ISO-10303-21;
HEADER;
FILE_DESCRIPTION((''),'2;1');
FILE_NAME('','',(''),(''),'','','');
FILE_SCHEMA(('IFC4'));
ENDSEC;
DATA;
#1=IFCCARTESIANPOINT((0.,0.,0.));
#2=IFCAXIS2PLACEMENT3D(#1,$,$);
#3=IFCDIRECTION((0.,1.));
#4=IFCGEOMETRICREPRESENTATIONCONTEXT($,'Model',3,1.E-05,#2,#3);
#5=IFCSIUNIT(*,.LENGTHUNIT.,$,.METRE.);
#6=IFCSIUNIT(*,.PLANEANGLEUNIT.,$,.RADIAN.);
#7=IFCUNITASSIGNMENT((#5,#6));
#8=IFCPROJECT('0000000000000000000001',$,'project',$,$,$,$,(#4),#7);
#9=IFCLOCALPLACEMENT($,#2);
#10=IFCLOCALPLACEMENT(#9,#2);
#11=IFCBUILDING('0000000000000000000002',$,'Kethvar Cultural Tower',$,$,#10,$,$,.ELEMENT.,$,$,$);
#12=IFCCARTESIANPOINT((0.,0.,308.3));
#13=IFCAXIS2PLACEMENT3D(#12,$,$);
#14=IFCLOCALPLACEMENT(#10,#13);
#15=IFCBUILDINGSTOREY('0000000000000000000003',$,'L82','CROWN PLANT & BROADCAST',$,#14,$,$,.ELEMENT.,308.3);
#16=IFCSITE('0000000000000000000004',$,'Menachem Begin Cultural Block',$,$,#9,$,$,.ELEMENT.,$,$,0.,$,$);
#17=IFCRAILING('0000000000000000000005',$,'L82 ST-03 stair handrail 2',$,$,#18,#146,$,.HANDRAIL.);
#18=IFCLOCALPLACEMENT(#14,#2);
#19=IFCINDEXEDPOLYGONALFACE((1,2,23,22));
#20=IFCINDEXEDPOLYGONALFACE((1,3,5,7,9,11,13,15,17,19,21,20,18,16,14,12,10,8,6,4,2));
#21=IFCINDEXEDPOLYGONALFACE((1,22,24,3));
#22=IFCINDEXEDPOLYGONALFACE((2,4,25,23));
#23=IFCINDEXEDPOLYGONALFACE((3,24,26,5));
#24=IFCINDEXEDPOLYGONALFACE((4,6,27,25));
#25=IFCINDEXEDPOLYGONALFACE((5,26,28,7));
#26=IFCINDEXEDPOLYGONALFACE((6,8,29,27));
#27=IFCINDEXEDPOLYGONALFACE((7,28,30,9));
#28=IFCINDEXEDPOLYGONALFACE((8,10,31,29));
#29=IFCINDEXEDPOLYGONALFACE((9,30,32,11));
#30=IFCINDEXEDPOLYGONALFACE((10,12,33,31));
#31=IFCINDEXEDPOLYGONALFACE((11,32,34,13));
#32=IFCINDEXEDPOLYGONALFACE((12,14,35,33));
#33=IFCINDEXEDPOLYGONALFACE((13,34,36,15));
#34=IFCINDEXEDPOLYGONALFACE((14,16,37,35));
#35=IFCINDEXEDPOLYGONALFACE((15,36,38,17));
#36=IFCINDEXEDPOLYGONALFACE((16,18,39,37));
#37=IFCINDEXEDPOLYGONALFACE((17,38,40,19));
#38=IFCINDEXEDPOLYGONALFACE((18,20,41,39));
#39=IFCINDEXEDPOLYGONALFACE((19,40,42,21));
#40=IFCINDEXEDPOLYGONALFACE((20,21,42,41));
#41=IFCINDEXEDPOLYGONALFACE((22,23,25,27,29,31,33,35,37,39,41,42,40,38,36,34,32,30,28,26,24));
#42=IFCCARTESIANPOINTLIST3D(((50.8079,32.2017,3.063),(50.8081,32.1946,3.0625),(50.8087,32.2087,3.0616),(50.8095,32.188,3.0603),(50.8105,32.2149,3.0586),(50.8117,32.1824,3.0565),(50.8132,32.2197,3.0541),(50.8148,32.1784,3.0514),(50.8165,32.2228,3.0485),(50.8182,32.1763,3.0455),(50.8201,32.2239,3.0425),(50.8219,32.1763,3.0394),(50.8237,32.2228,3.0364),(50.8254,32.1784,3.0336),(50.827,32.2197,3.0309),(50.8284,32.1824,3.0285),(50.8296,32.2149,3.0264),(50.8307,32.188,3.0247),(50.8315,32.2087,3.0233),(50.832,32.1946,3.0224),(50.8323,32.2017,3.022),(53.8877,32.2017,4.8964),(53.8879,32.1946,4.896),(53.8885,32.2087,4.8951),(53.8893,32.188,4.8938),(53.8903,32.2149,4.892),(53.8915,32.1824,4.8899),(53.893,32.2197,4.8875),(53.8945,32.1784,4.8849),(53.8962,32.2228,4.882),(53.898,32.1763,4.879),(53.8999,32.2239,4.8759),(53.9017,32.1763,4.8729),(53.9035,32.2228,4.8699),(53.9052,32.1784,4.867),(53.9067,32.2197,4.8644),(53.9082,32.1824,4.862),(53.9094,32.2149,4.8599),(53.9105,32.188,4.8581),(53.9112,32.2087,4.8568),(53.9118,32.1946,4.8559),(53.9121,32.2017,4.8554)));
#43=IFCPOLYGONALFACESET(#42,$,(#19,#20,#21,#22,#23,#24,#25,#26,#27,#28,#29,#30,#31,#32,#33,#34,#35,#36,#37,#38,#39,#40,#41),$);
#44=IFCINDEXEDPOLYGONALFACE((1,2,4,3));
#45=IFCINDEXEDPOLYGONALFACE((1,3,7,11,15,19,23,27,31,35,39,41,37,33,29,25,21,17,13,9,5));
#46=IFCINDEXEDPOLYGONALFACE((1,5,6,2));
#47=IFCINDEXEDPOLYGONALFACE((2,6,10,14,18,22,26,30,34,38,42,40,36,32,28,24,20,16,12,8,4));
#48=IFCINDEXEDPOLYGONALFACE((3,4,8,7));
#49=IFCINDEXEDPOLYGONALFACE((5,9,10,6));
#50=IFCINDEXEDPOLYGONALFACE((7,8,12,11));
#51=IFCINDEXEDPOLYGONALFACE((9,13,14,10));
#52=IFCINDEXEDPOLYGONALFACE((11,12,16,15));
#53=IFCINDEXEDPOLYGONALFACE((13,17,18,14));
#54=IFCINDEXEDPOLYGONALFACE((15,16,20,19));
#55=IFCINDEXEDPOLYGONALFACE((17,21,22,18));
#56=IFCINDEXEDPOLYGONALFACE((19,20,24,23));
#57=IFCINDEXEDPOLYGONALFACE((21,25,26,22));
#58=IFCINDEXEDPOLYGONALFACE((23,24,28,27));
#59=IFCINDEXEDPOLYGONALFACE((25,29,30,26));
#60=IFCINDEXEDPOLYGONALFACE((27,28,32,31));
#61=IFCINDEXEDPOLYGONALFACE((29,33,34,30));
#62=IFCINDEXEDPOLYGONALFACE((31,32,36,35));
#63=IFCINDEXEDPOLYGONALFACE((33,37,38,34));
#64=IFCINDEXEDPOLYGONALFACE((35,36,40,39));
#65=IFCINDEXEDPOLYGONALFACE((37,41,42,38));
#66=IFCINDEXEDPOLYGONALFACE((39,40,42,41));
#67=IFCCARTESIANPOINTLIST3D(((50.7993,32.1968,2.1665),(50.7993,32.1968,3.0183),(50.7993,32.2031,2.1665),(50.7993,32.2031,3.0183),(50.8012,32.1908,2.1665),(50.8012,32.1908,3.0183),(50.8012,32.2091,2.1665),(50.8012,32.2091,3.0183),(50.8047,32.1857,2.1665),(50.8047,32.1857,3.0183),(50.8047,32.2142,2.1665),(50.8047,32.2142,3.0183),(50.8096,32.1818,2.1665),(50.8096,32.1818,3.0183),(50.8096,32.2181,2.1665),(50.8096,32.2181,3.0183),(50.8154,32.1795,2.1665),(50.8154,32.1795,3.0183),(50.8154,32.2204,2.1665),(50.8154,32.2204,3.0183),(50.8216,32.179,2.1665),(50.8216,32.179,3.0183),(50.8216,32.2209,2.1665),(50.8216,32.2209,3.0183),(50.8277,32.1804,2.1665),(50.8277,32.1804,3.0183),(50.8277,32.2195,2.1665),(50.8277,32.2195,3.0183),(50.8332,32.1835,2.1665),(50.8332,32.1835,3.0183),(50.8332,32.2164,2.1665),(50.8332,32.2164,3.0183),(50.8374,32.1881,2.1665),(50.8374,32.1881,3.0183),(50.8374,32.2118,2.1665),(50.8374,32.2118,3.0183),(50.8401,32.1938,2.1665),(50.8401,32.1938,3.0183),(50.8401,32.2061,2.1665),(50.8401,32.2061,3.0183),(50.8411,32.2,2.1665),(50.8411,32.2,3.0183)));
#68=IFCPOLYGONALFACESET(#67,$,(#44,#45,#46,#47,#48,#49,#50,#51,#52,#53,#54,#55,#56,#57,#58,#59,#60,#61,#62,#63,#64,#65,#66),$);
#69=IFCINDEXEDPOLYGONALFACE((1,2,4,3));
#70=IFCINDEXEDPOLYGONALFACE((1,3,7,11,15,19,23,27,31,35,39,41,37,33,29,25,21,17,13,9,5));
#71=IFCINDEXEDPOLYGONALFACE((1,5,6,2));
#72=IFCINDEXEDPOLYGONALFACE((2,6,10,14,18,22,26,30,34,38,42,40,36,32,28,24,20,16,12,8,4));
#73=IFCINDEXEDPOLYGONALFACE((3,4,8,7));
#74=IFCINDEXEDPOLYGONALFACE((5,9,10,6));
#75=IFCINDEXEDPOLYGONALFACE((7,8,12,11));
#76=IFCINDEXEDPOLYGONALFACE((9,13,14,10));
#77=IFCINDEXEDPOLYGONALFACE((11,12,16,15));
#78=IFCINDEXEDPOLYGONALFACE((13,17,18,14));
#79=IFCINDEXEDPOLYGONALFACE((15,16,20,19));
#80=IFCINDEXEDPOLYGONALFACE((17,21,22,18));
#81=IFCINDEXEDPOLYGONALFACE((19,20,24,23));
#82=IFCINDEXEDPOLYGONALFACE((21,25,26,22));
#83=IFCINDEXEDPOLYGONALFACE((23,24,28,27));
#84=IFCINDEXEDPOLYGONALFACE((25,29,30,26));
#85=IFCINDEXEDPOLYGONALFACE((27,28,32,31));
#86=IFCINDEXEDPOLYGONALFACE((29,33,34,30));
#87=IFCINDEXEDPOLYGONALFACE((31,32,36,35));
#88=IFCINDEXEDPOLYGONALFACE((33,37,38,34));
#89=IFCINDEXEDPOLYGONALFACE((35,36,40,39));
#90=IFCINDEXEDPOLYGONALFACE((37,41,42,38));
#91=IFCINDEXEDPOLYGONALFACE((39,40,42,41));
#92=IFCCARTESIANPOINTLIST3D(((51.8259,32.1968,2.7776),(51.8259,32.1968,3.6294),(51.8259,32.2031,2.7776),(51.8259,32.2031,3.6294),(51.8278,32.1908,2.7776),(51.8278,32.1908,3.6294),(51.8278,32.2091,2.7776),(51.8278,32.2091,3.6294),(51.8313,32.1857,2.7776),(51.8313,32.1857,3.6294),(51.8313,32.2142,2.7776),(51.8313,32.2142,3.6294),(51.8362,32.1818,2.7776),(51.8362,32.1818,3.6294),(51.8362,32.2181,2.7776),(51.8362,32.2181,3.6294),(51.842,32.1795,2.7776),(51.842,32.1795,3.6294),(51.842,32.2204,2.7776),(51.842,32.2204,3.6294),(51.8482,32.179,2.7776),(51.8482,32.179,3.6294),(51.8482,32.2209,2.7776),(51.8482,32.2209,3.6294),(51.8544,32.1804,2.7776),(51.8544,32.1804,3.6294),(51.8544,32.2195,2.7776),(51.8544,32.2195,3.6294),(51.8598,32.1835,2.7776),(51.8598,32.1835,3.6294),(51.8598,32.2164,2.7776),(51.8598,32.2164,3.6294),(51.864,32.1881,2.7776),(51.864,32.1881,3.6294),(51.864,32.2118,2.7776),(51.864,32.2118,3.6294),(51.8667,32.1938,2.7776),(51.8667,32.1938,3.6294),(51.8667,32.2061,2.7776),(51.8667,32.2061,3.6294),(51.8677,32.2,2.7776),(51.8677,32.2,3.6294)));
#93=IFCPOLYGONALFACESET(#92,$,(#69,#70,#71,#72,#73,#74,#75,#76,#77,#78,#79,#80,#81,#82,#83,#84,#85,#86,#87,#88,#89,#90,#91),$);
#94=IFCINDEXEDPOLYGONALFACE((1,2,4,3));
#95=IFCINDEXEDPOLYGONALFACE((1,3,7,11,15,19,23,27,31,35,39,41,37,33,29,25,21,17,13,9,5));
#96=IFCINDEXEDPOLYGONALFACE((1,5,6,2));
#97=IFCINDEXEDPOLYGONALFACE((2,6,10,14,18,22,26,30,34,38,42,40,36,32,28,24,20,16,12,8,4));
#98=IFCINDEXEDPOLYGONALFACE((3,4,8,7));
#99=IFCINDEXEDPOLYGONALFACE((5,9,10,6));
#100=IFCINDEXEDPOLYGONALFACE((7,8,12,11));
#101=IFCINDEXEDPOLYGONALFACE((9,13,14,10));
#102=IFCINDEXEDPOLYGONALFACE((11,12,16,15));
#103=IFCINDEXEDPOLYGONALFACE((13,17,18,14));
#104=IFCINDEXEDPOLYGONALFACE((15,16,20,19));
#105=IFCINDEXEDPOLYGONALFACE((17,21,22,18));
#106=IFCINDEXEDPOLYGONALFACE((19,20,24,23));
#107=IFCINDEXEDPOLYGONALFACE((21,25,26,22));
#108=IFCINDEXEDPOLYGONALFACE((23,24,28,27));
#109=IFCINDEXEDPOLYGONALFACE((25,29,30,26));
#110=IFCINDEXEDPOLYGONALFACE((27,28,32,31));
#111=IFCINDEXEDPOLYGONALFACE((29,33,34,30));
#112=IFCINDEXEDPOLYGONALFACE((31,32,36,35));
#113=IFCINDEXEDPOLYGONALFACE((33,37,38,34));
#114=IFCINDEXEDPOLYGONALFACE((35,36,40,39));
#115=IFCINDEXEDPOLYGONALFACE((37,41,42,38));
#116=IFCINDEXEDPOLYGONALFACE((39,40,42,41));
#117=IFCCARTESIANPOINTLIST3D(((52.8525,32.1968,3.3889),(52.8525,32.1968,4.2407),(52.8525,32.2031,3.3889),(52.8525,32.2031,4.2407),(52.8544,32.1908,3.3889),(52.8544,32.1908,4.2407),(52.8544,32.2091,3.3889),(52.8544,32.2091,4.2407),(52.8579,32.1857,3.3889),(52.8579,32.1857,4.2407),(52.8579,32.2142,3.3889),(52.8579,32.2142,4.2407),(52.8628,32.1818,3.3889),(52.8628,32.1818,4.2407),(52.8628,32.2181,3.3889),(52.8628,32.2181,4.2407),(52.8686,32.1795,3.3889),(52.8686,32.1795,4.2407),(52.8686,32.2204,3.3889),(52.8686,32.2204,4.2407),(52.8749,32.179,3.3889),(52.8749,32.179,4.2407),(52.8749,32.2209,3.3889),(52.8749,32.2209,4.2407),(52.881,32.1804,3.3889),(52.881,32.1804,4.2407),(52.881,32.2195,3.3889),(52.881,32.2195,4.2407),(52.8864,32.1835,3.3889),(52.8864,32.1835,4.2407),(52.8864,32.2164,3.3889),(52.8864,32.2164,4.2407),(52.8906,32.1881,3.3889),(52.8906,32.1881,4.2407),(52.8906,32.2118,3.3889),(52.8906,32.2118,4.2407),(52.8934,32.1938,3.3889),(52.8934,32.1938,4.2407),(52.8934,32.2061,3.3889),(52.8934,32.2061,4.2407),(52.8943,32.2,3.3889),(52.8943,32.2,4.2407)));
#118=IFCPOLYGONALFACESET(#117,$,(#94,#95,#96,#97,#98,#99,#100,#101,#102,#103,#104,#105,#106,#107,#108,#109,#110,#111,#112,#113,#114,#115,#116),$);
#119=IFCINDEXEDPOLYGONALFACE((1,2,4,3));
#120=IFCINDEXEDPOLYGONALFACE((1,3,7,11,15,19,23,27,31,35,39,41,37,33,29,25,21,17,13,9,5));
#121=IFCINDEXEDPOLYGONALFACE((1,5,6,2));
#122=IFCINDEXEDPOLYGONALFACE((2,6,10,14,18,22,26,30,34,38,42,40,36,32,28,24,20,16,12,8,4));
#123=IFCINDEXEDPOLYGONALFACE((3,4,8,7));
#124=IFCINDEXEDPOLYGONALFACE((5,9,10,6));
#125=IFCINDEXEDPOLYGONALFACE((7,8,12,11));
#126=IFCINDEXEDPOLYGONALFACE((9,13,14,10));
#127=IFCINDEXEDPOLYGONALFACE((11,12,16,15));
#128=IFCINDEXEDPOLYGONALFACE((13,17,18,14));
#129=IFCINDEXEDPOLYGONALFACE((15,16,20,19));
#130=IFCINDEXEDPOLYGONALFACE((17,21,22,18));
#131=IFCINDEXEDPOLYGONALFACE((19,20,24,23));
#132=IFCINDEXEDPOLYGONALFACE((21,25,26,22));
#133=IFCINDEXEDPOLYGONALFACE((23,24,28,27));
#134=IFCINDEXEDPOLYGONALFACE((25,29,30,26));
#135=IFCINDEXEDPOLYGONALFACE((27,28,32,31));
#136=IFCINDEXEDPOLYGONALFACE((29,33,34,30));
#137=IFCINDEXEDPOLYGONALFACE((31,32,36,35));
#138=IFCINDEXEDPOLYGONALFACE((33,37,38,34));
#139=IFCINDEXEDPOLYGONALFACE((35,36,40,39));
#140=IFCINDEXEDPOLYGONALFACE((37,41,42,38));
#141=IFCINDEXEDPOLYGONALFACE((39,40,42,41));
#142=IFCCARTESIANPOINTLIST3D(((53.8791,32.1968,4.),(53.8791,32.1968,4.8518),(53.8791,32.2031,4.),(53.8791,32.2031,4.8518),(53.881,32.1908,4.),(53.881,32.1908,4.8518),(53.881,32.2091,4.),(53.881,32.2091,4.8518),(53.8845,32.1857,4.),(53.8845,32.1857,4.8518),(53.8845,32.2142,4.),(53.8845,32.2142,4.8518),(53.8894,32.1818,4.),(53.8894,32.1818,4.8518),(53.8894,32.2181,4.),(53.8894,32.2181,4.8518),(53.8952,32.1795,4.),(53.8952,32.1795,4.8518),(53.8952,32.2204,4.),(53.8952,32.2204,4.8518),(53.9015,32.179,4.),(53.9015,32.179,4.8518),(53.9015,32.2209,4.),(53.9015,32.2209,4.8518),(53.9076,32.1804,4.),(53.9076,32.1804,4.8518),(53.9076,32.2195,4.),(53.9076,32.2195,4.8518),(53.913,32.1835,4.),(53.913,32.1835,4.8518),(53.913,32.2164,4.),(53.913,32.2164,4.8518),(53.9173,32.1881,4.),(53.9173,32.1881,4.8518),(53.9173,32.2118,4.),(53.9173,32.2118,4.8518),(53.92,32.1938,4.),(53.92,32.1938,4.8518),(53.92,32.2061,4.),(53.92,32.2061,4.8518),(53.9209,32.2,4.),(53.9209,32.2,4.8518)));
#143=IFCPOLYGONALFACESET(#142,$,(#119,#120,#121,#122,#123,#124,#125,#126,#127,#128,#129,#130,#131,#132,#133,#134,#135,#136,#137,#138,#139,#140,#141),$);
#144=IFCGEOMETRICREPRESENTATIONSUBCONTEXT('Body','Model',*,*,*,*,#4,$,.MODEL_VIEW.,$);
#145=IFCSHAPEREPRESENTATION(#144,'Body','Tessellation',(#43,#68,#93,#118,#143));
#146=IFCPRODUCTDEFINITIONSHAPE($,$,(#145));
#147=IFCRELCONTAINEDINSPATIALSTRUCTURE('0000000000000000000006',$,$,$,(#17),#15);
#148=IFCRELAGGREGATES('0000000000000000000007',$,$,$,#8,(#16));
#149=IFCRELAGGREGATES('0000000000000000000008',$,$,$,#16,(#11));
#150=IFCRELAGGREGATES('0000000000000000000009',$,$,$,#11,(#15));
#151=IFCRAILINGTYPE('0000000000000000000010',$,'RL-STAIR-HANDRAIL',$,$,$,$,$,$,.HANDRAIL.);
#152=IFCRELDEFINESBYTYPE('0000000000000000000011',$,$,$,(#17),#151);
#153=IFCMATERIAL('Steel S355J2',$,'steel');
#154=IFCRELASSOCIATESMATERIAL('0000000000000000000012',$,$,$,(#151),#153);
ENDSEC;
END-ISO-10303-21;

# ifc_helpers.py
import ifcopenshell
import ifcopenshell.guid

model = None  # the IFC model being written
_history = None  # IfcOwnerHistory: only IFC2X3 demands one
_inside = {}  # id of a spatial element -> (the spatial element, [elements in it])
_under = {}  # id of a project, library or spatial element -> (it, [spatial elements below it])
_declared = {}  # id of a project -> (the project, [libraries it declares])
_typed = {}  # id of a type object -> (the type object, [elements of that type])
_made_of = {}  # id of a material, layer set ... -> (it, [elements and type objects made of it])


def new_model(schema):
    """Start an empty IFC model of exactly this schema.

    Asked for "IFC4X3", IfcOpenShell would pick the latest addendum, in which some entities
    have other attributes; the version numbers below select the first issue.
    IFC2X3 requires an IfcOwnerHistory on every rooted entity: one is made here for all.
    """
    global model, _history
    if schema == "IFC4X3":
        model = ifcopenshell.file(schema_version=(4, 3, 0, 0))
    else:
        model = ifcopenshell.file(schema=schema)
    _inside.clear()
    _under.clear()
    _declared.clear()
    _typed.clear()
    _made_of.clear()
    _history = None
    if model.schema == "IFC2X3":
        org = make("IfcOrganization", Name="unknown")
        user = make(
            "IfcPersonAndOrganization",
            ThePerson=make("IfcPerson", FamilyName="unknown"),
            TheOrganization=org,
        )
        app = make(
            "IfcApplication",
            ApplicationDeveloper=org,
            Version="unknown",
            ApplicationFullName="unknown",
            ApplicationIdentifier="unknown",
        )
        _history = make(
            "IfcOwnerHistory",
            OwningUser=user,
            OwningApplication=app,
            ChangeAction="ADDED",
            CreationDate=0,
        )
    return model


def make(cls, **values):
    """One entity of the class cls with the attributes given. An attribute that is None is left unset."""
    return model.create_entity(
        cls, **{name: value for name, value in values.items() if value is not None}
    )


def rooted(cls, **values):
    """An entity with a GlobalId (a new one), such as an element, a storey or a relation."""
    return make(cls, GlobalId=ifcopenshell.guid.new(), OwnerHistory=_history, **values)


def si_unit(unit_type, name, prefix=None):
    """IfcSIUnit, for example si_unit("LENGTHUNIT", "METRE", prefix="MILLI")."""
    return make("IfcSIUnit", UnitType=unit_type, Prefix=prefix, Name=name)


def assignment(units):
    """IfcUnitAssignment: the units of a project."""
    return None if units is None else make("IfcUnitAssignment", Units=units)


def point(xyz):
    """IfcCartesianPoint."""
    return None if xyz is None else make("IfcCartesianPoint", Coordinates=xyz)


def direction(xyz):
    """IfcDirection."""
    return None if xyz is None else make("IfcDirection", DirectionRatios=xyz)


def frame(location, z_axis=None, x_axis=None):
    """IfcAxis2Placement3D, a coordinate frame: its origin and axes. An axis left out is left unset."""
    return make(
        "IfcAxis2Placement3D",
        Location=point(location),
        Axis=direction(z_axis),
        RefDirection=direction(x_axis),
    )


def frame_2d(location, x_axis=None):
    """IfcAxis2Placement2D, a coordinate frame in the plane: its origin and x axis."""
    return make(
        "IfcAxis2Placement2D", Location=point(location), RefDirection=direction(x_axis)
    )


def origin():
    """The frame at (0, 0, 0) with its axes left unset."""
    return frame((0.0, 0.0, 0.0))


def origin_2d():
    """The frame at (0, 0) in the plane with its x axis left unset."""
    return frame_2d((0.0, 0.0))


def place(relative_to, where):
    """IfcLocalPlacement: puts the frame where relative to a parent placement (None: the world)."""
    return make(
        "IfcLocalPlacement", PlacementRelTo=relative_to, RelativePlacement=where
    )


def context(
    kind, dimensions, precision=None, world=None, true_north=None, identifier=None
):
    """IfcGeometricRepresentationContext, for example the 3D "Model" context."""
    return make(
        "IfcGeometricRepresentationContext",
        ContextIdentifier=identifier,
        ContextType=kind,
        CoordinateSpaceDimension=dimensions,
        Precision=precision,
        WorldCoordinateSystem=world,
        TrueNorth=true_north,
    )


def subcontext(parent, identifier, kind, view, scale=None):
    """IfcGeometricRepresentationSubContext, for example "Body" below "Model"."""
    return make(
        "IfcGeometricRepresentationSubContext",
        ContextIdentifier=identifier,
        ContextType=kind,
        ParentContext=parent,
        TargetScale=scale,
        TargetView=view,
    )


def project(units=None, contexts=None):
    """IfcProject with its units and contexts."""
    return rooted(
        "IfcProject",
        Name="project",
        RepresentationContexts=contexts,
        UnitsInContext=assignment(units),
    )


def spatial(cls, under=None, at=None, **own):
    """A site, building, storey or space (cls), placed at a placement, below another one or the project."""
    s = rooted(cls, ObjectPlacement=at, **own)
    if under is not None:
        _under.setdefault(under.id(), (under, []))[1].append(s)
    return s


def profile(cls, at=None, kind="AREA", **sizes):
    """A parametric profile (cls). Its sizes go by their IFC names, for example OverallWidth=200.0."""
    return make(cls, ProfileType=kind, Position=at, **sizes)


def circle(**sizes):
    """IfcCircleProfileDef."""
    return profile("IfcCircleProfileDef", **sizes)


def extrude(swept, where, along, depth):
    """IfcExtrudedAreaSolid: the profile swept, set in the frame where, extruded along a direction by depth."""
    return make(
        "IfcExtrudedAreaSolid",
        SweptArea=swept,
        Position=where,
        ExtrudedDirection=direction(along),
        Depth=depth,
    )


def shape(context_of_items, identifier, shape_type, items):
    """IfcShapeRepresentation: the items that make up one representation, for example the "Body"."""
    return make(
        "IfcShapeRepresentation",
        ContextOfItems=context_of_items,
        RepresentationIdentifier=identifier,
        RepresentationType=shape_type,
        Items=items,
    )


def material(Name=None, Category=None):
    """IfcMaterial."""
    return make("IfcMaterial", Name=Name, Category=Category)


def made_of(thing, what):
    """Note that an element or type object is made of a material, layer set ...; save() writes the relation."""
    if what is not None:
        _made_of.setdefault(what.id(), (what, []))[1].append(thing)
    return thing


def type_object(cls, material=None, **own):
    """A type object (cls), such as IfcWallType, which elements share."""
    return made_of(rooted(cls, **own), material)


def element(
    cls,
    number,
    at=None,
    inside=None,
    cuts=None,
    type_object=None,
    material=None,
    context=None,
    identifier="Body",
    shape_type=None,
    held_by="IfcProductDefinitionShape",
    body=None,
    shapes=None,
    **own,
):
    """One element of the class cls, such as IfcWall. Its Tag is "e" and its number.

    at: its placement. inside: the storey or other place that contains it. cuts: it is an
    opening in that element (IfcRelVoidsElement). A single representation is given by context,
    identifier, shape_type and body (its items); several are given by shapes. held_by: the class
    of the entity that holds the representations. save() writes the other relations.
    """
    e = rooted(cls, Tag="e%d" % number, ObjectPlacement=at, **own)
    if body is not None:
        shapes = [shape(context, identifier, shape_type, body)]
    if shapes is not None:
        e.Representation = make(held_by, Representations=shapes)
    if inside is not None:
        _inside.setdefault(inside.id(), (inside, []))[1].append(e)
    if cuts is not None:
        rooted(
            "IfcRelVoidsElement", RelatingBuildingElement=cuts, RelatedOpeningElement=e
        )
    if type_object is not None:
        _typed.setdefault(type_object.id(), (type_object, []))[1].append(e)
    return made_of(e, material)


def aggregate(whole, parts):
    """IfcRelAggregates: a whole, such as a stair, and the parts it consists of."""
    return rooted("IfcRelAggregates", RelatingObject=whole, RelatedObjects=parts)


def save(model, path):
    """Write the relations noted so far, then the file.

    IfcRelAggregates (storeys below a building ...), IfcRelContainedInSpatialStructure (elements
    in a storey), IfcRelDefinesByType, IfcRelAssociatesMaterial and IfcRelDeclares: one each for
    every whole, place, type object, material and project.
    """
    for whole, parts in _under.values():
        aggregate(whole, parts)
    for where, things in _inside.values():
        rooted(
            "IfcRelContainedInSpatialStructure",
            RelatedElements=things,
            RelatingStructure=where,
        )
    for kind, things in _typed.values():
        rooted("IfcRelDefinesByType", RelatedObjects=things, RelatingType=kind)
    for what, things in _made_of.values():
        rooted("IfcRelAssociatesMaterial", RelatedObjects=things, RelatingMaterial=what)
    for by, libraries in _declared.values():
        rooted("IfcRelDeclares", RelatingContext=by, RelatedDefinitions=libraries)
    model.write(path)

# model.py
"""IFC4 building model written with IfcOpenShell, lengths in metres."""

from ifc_helpers import new_model, si_unit, direction, frame, origin, origin_2d, place, context, subcontext, project, spatial, circle, extrude, material, type_object, element, save


model = new_model("IFC4")

# Units and contexts
model_context = context("Model", 3, precision=1e-05, world=origin(), true_north=direction((0.0, 1.0)))
body_context = subcontext(model_context, "Body", "Model", "MODEL_VIEW")
ifc_project = project(units=[si_unit("LENGTHUNIT", "METRE"), si_unit("PLANEANGLEUNIT", "RADIAN")], contexts=[model_context])

# Site, building, storey
site_placement = place(None, origin())
site = spatial("IfcSite", under=ifc_project, at=site_placement, Name="Menachem Begin Cultural Block", CompositionType="ELEMENT", RefElevation=0.0)
building_placement = place(site_placement, origin())
building = spatial("IfcBuilding", under=site, at=building_placement, Name="Kethvar Cultural Tower", CompositionType="ELEMENT")
storey_placement = place(building_placement, frame((0.0, 0.0, 308.3)))
storey = spatial("IfcBuildingStorey", under=building, at=storey_placement, Name="L82", Description="CROWN PLANT & BROADCAST", CompositionType="ELEMENT", Elevation=308.3)

# Shared definitions
ifc_material_1 = material(Name="Steel S355J2", Category="steel")

# Railing
railing_type_1 = type_object("IfcRailingType", Name="RL-STAIR-HANDRAIL", PredefinedType="HANDRAIL", material=ifc_material_1)
railing_1_placement = place(storey_placement, frame((50.8201, 32.2, 2.1665)))
element("IfcRailing", 1, at=railing_1_placement, inside=storey, type_object=railing_type_1, Name="L82 ST-03 stair handrail 2", PredefinedType="HANDRAIL", context=body_context, shape_type="SweptSolid", body=[
    extrude(circle(Radius=0.0239, at=origin_2d()), frame((0.0, 0.0, 0.876), z_axis=(0.859261, 0.0, 0.511538), x_axis=(0.0, 1.0, 0.0)), (0.0, 0.0, 1.0), 3.5842),
    extrude(circle(Radius=0.021, at=origin_2d()), origin(), (0.0, 0.0, 1.0), 0.8518),
    extrude(circle(Radius=0.021, at=origin_2d()), frame((1.0266, 0.0, 0.6111)), (0.0, 0.0, 1.0), 0.8518),
    extrude(circle(Radius=0.021, at=origin_2d()), frame((2.0532, 0.0, 1.2224)), (0.0, 0.0, 1.0), 0.8518),
    extrude(circle(Radius=0.021, at=origin_2d()), frame((3.0798, 0.0, 1.8335)), (0.0, 0.0, 1.0), 0.8518),
])

save(model, "model.ifc")
